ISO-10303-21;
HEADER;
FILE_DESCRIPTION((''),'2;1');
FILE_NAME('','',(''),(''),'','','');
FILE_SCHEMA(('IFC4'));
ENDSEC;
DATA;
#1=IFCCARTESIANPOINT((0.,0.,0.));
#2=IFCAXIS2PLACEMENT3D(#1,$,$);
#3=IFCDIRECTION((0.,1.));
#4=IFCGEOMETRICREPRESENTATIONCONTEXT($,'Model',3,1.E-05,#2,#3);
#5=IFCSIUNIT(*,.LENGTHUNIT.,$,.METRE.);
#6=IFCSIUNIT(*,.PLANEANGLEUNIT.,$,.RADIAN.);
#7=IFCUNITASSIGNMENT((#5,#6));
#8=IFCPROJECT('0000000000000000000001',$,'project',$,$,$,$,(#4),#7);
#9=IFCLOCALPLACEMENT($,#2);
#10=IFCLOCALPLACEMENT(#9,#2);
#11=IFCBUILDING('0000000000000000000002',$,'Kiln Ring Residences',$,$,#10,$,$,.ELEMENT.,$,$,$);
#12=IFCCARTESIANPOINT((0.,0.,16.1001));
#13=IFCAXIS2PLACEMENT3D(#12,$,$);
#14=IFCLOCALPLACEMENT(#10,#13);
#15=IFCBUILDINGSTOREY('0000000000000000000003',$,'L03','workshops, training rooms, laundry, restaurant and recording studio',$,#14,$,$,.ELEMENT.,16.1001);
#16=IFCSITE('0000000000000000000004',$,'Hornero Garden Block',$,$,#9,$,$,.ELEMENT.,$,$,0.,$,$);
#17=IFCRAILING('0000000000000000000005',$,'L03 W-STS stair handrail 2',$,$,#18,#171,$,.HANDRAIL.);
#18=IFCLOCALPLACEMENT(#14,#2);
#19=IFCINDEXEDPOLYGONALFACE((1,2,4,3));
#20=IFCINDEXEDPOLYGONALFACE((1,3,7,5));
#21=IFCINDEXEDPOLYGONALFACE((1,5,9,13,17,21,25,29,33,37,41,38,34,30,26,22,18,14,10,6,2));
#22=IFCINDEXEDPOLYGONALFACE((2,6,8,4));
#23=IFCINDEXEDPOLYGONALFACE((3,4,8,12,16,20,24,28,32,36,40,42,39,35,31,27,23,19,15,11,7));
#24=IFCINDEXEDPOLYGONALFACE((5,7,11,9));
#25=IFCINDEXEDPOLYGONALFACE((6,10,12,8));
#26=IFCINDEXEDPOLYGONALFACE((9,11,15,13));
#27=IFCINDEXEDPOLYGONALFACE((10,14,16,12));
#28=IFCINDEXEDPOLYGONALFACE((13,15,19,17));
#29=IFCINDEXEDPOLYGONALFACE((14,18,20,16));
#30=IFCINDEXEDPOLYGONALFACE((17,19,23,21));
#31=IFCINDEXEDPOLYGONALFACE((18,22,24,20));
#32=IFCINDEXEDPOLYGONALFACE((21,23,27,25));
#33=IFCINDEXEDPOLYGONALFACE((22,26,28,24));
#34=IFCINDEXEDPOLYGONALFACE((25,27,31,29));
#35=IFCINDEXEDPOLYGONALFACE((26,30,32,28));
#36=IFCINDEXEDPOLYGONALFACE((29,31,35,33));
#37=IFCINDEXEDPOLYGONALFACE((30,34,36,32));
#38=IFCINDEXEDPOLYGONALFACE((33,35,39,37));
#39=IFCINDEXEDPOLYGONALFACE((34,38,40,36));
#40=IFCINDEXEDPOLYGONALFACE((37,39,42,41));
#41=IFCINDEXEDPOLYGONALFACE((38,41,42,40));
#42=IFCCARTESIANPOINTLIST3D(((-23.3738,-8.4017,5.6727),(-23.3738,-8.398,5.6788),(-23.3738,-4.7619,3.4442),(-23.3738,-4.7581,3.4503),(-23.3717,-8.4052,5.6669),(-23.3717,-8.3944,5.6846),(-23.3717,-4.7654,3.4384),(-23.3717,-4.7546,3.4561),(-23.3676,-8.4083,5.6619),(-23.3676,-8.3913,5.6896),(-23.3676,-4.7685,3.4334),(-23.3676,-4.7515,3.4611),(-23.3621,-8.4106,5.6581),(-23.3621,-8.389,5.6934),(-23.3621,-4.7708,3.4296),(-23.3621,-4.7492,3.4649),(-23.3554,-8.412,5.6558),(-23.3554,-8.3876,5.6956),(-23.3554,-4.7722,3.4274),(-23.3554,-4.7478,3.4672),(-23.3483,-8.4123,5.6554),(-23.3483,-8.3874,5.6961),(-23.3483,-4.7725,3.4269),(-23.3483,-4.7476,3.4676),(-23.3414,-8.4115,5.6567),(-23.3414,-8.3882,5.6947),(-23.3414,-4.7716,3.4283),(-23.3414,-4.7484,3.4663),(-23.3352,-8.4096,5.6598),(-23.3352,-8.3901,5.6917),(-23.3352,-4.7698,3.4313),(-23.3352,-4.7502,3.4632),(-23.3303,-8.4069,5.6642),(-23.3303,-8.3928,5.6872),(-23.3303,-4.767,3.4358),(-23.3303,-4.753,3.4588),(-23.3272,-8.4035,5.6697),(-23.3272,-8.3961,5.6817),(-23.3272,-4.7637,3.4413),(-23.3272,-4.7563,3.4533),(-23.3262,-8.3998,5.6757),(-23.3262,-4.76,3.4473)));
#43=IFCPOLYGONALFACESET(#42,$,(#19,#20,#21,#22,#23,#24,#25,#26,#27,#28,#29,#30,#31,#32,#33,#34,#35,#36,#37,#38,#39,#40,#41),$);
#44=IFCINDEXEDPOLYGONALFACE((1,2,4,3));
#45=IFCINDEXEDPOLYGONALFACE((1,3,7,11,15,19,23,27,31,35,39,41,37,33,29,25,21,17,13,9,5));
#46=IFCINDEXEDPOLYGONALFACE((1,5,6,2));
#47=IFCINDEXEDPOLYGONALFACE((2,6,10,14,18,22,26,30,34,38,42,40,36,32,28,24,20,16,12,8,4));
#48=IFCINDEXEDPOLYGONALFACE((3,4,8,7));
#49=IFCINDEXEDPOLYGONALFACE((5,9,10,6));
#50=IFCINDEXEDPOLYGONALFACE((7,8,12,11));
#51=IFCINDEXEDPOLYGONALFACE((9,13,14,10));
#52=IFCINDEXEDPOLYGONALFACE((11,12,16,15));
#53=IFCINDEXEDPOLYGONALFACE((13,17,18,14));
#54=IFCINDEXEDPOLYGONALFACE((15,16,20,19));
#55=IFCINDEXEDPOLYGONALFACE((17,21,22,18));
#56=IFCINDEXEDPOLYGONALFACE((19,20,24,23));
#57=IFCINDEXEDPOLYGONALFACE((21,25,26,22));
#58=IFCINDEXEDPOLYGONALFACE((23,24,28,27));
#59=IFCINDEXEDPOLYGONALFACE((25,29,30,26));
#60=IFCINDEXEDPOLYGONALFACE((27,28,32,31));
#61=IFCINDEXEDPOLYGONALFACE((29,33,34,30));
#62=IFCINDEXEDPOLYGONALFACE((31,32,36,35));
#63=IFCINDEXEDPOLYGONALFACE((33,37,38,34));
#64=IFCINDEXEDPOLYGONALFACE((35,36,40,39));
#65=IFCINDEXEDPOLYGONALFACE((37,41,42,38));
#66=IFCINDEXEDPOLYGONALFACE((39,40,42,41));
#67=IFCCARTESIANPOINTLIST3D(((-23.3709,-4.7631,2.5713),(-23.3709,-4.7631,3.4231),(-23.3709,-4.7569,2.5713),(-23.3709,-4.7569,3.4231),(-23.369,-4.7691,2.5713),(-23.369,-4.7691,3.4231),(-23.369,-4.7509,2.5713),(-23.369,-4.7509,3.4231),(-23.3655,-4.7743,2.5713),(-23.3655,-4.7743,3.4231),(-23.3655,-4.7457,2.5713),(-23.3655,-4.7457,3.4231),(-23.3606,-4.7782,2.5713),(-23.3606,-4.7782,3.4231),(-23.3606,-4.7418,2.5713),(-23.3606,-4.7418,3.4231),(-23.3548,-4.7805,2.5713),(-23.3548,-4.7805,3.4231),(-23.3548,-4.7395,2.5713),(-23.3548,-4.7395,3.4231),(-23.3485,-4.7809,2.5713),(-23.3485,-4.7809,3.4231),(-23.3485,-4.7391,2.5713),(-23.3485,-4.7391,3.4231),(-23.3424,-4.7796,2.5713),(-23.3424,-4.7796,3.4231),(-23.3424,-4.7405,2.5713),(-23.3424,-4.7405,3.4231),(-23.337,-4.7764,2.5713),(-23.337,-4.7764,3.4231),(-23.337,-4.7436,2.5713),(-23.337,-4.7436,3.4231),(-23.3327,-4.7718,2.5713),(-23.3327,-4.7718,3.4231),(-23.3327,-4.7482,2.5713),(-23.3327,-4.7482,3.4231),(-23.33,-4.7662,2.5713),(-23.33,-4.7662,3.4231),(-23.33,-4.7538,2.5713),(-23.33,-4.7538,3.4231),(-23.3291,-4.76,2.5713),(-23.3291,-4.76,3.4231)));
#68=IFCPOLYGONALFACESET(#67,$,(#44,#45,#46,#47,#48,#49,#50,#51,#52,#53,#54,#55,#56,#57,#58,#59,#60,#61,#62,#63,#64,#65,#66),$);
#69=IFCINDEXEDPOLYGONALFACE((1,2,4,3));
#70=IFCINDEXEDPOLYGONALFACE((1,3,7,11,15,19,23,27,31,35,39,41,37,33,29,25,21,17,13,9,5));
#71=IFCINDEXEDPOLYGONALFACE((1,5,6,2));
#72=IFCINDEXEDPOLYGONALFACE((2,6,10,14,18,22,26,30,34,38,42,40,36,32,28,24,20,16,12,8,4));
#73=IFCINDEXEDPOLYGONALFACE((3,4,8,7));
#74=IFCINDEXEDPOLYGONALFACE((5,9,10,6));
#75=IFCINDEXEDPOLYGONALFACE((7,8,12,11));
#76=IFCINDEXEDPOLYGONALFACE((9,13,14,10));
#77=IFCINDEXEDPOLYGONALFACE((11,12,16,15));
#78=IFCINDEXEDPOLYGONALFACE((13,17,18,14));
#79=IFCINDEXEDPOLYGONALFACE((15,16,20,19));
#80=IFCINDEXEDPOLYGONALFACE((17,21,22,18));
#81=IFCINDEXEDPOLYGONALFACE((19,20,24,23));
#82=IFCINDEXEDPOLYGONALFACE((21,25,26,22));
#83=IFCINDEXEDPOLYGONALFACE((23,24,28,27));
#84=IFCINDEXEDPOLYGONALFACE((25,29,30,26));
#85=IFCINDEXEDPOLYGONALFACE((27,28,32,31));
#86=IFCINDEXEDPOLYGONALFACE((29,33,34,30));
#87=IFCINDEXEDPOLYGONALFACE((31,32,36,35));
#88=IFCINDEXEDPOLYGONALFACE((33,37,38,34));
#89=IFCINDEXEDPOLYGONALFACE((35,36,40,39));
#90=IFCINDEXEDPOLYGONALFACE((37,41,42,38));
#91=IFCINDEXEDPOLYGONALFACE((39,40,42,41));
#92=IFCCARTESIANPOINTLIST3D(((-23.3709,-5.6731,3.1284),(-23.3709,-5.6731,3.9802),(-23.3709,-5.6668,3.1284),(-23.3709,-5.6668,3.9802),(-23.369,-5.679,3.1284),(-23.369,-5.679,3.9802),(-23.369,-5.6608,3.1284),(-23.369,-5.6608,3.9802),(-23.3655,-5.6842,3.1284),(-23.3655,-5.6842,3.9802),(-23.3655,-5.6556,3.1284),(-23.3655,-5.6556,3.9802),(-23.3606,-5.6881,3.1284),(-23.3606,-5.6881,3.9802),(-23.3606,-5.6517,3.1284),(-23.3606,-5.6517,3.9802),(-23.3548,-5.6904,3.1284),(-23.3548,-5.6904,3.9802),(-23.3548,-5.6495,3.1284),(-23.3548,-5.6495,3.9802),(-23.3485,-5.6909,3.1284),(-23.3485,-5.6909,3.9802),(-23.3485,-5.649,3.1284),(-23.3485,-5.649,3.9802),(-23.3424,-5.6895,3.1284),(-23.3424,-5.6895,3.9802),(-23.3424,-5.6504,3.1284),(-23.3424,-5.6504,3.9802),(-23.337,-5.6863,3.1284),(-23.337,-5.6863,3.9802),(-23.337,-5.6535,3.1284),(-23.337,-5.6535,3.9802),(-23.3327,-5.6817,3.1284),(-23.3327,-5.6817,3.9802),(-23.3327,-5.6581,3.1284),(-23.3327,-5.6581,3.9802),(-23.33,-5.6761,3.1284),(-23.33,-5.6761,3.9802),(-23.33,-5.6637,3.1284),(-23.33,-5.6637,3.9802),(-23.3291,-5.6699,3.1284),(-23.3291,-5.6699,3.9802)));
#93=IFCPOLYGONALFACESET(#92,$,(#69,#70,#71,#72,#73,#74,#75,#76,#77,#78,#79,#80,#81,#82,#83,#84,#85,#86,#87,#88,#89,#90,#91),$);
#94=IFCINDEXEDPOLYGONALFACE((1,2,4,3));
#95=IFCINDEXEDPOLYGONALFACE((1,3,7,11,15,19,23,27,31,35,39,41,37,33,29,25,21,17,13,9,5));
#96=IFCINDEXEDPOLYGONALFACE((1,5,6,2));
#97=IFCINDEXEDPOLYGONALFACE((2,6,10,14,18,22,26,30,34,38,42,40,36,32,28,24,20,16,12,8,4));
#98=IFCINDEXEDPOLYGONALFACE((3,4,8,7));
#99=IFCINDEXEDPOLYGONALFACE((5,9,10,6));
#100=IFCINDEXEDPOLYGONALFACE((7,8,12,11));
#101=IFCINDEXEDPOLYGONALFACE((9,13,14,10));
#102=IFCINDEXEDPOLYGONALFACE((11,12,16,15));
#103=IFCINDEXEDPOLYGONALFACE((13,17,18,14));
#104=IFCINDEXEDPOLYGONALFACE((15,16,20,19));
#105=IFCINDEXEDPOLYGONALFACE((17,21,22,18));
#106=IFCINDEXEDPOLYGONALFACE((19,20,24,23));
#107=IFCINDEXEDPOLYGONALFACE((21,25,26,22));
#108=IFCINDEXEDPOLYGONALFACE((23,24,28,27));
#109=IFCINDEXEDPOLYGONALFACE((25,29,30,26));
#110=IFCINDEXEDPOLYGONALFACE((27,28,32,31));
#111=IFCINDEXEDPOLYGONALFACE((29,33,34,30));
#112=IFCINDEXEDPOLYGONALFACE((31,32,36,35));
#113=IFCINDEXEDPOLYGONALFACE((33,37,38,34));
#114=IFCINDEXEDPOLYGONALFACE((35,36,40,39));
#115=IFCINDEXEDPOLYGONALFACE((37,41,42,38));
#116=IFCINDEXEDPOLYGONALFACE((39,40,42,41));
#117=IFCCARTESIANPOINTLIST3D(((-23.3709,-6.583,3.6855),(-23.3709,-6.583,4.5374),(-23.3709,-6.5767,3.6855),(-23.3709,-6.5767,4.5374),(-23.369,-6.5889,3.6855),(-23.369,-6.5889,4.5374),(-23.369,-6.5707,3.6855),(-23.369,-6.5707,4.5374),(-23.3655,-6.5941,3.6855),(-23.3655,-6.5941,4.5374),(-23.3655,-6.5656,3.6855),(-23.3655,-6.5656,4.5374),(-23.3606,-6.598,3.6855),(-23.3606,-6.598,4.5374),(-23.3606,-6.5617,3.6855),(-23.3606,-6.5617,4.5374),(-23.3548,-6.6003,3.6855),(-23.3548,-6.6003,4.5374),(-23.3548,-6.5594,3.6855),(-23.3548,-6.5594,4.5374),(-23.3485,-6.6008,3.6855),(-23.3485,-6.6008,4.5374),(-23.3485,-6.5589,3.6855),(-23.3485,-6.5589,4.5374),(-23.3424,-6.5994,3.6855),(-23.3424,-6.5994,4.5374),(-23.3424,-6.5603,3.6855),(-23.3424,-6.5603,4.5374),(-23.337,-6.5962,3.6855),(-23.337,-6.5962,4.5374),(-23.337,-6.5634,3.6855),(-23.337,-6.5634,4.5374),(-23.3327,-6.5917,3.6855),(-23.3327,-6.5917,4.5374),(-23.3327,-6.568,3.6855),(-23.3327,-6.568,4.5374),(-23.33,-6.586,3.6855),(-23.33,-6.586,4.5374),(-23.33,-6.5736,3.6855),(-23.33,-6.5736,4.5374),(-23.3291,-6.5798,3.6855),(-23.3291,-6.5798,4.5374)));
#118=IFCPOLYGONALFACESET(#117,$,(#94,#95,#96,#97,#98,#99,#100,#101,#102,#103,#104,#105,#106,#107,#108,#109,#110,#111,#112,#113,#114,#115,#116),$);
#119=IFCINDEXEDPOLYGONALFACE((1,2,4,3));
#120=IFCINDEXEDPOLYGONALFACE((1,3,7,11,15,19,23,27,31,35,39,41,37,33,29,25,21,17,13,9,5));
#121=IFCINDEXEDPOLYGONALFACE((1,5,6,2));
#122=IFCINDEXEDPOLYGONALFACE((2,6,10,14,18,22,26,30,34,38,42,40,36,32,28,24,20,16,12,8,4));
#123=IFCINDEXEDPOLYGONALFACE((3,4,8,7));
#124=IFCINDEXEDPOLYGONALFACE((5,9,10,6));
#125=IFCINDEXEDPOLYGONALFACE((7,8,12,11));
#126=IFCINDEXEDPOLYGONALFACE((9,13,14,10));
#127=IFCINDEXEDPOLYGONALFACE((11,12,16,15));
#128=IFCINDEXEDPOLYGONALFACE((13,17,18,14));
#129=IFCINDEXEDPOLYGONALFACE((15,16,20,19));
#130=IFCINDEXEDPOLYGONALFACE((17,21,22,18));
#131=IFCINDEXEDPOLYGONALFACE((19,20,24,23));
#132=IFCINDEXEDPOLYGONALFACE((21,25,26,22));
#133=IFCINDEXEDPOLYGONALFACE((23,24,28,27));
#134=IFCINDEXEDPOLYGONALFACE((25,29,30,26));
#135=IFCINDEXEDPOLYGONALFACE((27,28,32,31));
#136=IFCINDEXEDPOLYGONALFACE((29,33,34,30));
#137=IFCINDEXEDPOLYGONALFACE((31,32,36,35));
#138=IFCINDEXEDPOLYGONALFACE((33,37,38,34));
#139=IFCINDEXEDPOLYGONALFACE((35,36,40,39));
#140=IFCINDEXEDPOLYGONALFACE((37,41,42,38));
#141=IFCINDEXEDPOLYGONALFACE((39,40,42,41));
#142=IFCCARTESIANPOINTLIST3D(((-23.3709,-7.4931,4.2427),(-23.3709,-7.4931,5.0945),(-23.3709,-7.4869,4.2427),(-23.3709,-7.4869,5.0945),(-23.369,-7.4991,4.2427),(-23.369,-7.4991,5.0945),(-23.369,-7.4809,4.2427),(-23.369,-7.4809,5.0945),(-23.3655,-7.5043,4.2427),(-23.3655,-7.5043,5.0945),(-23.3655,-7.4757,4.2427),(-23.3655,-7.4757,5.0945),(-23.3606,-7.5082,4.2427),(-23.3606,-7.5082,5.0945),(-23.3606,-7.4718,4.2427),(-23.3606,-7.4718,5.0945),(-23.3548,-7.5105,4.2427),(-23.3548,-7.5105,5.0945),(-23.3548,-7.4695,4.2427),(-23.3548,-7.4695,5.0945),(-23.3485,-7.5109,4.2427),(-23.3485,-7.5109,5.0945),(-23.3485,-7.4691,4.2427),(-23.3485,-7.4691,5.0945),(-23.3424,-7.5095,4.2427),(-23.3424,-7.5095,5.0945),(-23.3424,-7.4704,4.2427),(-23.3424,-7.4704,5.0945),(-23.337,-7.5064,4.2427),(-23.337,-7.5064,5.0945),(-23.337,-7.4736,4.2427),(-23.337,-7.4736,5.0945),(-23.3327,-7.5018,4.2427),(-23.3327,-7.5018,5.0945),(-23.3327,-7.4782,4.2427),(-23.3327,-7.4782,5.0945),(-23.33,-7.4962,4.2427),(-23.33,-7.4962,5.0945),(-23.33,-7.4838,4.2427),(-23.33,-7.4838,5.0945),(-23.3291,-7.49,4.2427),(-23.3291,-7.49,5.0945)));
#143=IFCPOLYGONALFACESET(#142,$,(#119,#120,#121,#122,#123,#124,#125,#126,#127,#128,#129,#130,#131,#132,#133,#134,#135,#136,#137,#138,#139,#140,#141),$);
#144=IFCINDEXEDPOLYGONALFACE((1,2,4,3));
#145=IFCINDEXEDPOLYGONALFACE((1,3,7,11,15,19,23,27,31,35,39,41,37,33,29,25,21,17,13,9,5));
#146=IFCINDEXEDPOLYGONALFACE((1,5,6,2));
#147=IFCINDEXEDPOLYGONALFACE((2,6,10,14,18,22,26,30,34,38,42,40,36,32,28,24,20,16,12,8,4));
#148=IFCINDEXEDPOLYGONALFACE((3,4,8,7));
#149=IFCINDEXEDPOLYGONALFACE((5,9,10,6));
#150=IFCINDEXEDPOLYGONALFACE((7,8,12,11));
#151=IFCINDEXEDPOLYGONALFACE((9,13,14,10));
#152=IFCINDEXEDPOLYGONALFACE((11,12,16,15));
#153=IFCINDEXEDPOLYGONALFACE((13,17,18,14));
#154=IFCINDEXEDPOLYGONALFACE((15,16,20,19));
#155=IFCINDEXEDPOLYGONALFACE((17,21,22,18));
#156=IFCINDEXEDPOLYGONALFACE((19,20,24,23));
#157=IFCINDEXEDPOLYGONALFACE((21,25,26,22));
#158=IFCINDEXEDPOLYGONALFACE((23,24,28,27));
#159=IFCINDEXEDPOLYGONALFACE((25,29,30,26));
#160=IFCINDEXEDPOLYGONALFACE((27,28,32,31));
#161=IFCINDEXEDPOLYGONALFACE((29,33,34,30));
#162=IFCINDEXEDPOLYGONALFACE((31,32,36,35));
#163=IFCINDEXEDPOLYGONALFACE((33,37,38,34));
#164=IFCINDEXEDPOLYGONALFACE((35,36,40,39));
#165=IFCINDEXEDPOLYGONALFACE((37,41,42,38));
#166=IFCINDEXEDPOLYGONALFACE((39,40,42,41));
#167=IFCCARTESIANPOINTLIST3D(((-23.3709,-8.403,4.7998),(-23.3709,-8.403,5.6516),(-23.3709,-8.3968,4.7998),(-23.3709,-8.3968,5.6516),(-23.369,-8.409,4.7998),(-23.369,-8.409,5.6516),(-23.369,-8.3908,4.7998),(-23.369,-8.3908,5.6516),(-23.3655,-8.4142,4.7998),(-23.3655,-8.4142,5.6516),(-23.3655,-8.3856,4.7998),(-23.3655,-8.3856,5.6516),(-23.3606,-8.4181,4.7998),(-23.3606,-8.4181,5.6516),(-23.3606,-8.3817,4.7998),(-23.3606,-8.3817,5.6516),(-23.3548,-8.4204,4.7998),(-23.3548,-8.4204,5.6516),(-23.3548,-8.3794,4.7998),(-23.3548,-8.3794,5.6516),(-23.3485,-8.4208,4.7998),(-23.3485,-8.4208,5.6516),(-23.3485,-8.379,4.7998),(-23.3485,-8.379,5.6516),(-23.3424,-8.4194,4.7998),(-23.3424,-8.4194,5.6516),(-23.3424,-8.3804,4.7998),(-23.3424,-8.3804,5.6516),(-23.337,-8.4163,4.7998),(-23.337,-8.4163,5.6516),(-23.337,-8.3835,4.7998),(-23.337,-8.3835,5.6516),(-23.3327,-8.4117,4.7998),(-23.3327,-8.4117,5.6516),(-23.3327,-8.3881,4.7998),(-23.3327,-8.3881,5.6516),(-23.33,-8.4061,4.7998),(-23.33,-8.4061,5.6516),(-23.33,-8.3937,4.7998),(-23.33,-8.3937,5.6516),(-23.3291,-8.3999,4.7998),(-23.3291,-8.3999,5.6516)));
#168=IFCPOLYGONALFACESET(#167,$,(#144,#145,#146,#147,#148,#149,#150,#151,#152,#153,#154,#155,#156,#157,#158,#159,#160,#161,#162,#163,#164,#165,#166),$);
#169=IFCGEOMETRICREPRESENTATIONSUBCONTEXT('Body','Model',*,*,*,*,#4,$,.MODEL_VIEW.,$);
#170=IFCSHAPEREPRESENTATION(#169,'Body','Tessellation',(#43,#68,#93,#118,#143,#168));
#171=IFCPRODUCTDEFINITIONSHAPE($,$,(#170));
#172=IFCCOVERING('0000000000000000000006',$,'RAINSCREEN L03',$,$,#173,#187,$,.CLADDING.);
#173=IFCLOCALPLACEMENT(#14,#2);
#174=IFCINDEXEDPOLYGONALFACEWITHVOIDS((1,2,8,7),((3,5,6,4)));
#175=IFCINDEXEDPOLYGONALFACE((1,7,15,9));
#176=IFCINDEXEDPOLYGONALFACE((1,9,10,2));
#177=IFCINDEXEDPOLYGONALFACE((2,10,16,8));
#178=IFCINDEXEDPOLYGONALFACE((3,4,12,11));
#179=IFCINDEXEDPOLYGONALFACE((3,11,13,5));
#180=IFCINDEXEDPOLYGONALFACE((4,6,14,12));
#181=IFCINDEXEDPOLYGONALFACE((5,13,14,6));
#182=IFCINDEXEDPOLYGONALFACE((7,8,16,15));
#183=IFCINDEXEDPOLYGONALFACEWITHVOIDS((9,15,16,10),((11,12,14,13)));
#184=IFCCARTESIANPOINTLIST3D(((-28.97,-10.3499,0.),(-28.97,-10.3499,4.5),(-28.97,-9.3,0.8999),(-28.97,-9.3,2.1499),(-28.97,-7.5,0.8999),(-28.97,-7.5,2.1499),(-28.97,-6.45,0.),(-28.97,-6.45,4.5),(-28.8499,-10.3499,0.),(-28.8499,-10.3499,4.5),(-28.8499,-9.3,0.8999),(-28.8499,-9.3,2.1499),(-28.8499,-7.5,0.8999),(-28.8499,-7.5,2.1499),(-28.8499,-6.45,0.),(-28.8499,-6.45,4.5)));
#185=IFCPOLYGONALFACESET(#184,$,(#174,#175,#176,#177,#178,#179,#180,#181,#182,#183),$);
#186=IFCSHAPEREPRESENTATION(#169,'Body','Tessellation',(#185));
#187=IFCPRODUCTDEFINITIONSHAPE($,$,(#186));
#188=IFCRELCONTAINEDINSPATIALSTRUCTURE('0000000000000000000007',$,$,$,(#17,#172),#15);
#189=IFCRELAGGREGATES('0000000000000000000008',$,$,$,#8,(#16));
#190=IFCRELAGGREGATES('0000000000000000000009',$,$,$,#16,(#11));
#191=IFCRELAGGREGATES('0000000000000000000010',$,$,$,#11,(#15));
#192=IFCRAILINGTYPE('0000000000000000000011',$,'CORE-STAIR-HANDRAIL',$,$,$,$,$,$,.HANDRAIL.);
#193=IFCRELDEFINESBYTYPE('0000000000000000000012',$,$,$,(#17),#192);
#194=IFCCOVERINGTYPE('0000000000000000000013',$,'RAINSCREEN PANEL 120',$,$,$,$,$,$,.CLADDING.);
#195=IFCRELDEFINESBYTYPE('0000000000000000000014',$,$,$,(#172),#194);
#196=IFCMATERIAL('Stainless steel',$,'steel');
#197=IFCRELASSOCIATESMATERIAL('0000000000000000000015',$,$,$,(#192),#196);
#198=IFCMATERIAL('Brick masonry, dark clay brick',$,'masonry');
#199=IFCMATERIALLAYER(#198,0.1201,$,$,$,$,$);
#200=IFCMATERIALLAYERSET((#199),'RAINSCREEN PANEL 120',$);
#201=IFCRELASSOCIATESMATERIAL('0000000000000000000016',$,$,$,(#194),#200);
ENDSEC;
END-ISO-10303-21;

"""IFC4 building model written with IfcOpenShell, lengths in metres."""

from ifc_helpers import new_model, si_unit, direction, frame, origin, origin_2d, place, context, subcontext, project, spatial, polyline, circle, outline, extrude, material, layer, layer_set, type_object, element, save


model = new_model("IFC4")

# Units and contexts
model_context = context("Model", 3, precision=1e-05, world=origin(), true_north=direction((0.0, 1.0)))
body_context = subcontext(model_context, "Body", "Model", "MODEL_VIEW")
ifc_project = project(units=[si_unit("LENGTHUNIT", "METRE"), si_unit("PLANEANGLEUNIT", "RADIAN")], contexts=[model_context])

# Site, building, storey
site_placement = place(None, origin())
site = spatial("IfcSite", under=ifc_project, at=site_placement, Name="Hornero Garden Block", CompositionType="ELEMENT", RefElevation=0.0)
building_placement = place(site_placement, origin())
building = spatial("IfcBuilding", under=site, at=building_placement, Name="Kiln Ring Residences", CompositionType="ELEMENT")
storey_placement = place(building_placement, frame((0.0, 0.0, 16.1001)))
storey = spatial("IfcBuildingStorey", under=building, at=storey_placement, Name="L03", Description="workshops, training rooms, laundry, restaurant and recording studio", CompositionType="ELEMENT", Elevation=16.1001)

# Railing
ifc_material_1 = material(Name="Stainless steel", Category="steel")
railing_type_1 = type_object("IfcRailingType", Name="CORE-STAIR-HANDRAIL", PredefinedType="HANDRAIL", material=ifc_material_1)
railing_1_placement = place(storey_placement, frame((-23.3501, -4.76, 2.5713)))
element("IfcRailing", 1, at=railing_1_placement, inside=storey, type_object=railing_type_1, Name="L03 W-STS stair handrail 2", PredefinedType="HANDRAIL", context=body_context, shape_type="SweptSolid", body=[
    extrude(circle(Radius=0.0239, at=origin_2d()), frame((0.0, 0.0, 0.876), z_axis=(0.0, -0.85285, 0.522156), x_axis=(1.0, 0.0, 0.0)), (0.0, 0.0, 1.0), 4.2678),
    extrude(circle(Radius=0.021, at=origin_2d()), origin(), (0.0, 0.0, 1.0), 0.8518),
    extrude(circle(Radius=0.021, at=origin_2d()), frame((0.0, -0.9099, 0.5571)), (0.0, 0.0, 1.0), 0.8518),
    extrude(circle(Radius=0.021, at=origin_2d()), frame((0.0, -1.8198, 1.1143)), (0.0, 0.0, 1.0), 0.8518),
    extrude(circle(Radius=0.021, at=origin_2d()), frame((0.0, -2.73, 1.6714)), (0.0, 0.0, 1.0), 0.8518),
    extrude(circle(Radius=0.021, at=origin_2d()), frame((0.0, -3.6399, 2.2285)), (0.0, 0.0, 1.0), 0.8518),
])

# Covering
ifc_material_2 = material(Name="Brick masonry, dark clay brick", Category="masonry")
ifc_layer_1 = layer(ifc_material_2, 0.1201)
ifc_layer_set_1 = layer_set([ifc_layer_1], Name="RAINSCREEN PANEL 120")
covering_type = type_object("IfcCoveringType", Name="RAINSCREEN PANEL 120", PredefinedType="CLADDING", material=ifc_layer_set_1)
covering_1_placement = place(storey_placement, frame((-28.9099, -6.45, 0.0), z_axis=(0.0, 0.0, 1.0), x_axis=(0.0, -1.0, 0.0)))
element("IfcCovering", 2, at=covering_1_placement, inside=storey, type_object=covering_type, Name="RAINSCREEN L03", PredefinedType="CLADDING", context=body_context, shape_type="SweptSolid", body=[
    extrude(outline(polyline([(0.0, 0.0), (3.8999, 0.0), (3.8999, 4.5), (0.0, 4.5), (0.0, 0.0)]), holes=[polyline([(1.05, 2.1499), (1.05, 0.8999), (2.8501, 0.8999), (2.8501, 2.1499), (1.05, 2.1499)])]), frame((0.0, 0.0601, 0.0), z_axis=(0.0, -1.0, 0.0), x_axis=(1.0, 0.0, 0.0)), (0.0, 0.0, 1.0), 0.1201),
])

save(model, "model.ifc")
